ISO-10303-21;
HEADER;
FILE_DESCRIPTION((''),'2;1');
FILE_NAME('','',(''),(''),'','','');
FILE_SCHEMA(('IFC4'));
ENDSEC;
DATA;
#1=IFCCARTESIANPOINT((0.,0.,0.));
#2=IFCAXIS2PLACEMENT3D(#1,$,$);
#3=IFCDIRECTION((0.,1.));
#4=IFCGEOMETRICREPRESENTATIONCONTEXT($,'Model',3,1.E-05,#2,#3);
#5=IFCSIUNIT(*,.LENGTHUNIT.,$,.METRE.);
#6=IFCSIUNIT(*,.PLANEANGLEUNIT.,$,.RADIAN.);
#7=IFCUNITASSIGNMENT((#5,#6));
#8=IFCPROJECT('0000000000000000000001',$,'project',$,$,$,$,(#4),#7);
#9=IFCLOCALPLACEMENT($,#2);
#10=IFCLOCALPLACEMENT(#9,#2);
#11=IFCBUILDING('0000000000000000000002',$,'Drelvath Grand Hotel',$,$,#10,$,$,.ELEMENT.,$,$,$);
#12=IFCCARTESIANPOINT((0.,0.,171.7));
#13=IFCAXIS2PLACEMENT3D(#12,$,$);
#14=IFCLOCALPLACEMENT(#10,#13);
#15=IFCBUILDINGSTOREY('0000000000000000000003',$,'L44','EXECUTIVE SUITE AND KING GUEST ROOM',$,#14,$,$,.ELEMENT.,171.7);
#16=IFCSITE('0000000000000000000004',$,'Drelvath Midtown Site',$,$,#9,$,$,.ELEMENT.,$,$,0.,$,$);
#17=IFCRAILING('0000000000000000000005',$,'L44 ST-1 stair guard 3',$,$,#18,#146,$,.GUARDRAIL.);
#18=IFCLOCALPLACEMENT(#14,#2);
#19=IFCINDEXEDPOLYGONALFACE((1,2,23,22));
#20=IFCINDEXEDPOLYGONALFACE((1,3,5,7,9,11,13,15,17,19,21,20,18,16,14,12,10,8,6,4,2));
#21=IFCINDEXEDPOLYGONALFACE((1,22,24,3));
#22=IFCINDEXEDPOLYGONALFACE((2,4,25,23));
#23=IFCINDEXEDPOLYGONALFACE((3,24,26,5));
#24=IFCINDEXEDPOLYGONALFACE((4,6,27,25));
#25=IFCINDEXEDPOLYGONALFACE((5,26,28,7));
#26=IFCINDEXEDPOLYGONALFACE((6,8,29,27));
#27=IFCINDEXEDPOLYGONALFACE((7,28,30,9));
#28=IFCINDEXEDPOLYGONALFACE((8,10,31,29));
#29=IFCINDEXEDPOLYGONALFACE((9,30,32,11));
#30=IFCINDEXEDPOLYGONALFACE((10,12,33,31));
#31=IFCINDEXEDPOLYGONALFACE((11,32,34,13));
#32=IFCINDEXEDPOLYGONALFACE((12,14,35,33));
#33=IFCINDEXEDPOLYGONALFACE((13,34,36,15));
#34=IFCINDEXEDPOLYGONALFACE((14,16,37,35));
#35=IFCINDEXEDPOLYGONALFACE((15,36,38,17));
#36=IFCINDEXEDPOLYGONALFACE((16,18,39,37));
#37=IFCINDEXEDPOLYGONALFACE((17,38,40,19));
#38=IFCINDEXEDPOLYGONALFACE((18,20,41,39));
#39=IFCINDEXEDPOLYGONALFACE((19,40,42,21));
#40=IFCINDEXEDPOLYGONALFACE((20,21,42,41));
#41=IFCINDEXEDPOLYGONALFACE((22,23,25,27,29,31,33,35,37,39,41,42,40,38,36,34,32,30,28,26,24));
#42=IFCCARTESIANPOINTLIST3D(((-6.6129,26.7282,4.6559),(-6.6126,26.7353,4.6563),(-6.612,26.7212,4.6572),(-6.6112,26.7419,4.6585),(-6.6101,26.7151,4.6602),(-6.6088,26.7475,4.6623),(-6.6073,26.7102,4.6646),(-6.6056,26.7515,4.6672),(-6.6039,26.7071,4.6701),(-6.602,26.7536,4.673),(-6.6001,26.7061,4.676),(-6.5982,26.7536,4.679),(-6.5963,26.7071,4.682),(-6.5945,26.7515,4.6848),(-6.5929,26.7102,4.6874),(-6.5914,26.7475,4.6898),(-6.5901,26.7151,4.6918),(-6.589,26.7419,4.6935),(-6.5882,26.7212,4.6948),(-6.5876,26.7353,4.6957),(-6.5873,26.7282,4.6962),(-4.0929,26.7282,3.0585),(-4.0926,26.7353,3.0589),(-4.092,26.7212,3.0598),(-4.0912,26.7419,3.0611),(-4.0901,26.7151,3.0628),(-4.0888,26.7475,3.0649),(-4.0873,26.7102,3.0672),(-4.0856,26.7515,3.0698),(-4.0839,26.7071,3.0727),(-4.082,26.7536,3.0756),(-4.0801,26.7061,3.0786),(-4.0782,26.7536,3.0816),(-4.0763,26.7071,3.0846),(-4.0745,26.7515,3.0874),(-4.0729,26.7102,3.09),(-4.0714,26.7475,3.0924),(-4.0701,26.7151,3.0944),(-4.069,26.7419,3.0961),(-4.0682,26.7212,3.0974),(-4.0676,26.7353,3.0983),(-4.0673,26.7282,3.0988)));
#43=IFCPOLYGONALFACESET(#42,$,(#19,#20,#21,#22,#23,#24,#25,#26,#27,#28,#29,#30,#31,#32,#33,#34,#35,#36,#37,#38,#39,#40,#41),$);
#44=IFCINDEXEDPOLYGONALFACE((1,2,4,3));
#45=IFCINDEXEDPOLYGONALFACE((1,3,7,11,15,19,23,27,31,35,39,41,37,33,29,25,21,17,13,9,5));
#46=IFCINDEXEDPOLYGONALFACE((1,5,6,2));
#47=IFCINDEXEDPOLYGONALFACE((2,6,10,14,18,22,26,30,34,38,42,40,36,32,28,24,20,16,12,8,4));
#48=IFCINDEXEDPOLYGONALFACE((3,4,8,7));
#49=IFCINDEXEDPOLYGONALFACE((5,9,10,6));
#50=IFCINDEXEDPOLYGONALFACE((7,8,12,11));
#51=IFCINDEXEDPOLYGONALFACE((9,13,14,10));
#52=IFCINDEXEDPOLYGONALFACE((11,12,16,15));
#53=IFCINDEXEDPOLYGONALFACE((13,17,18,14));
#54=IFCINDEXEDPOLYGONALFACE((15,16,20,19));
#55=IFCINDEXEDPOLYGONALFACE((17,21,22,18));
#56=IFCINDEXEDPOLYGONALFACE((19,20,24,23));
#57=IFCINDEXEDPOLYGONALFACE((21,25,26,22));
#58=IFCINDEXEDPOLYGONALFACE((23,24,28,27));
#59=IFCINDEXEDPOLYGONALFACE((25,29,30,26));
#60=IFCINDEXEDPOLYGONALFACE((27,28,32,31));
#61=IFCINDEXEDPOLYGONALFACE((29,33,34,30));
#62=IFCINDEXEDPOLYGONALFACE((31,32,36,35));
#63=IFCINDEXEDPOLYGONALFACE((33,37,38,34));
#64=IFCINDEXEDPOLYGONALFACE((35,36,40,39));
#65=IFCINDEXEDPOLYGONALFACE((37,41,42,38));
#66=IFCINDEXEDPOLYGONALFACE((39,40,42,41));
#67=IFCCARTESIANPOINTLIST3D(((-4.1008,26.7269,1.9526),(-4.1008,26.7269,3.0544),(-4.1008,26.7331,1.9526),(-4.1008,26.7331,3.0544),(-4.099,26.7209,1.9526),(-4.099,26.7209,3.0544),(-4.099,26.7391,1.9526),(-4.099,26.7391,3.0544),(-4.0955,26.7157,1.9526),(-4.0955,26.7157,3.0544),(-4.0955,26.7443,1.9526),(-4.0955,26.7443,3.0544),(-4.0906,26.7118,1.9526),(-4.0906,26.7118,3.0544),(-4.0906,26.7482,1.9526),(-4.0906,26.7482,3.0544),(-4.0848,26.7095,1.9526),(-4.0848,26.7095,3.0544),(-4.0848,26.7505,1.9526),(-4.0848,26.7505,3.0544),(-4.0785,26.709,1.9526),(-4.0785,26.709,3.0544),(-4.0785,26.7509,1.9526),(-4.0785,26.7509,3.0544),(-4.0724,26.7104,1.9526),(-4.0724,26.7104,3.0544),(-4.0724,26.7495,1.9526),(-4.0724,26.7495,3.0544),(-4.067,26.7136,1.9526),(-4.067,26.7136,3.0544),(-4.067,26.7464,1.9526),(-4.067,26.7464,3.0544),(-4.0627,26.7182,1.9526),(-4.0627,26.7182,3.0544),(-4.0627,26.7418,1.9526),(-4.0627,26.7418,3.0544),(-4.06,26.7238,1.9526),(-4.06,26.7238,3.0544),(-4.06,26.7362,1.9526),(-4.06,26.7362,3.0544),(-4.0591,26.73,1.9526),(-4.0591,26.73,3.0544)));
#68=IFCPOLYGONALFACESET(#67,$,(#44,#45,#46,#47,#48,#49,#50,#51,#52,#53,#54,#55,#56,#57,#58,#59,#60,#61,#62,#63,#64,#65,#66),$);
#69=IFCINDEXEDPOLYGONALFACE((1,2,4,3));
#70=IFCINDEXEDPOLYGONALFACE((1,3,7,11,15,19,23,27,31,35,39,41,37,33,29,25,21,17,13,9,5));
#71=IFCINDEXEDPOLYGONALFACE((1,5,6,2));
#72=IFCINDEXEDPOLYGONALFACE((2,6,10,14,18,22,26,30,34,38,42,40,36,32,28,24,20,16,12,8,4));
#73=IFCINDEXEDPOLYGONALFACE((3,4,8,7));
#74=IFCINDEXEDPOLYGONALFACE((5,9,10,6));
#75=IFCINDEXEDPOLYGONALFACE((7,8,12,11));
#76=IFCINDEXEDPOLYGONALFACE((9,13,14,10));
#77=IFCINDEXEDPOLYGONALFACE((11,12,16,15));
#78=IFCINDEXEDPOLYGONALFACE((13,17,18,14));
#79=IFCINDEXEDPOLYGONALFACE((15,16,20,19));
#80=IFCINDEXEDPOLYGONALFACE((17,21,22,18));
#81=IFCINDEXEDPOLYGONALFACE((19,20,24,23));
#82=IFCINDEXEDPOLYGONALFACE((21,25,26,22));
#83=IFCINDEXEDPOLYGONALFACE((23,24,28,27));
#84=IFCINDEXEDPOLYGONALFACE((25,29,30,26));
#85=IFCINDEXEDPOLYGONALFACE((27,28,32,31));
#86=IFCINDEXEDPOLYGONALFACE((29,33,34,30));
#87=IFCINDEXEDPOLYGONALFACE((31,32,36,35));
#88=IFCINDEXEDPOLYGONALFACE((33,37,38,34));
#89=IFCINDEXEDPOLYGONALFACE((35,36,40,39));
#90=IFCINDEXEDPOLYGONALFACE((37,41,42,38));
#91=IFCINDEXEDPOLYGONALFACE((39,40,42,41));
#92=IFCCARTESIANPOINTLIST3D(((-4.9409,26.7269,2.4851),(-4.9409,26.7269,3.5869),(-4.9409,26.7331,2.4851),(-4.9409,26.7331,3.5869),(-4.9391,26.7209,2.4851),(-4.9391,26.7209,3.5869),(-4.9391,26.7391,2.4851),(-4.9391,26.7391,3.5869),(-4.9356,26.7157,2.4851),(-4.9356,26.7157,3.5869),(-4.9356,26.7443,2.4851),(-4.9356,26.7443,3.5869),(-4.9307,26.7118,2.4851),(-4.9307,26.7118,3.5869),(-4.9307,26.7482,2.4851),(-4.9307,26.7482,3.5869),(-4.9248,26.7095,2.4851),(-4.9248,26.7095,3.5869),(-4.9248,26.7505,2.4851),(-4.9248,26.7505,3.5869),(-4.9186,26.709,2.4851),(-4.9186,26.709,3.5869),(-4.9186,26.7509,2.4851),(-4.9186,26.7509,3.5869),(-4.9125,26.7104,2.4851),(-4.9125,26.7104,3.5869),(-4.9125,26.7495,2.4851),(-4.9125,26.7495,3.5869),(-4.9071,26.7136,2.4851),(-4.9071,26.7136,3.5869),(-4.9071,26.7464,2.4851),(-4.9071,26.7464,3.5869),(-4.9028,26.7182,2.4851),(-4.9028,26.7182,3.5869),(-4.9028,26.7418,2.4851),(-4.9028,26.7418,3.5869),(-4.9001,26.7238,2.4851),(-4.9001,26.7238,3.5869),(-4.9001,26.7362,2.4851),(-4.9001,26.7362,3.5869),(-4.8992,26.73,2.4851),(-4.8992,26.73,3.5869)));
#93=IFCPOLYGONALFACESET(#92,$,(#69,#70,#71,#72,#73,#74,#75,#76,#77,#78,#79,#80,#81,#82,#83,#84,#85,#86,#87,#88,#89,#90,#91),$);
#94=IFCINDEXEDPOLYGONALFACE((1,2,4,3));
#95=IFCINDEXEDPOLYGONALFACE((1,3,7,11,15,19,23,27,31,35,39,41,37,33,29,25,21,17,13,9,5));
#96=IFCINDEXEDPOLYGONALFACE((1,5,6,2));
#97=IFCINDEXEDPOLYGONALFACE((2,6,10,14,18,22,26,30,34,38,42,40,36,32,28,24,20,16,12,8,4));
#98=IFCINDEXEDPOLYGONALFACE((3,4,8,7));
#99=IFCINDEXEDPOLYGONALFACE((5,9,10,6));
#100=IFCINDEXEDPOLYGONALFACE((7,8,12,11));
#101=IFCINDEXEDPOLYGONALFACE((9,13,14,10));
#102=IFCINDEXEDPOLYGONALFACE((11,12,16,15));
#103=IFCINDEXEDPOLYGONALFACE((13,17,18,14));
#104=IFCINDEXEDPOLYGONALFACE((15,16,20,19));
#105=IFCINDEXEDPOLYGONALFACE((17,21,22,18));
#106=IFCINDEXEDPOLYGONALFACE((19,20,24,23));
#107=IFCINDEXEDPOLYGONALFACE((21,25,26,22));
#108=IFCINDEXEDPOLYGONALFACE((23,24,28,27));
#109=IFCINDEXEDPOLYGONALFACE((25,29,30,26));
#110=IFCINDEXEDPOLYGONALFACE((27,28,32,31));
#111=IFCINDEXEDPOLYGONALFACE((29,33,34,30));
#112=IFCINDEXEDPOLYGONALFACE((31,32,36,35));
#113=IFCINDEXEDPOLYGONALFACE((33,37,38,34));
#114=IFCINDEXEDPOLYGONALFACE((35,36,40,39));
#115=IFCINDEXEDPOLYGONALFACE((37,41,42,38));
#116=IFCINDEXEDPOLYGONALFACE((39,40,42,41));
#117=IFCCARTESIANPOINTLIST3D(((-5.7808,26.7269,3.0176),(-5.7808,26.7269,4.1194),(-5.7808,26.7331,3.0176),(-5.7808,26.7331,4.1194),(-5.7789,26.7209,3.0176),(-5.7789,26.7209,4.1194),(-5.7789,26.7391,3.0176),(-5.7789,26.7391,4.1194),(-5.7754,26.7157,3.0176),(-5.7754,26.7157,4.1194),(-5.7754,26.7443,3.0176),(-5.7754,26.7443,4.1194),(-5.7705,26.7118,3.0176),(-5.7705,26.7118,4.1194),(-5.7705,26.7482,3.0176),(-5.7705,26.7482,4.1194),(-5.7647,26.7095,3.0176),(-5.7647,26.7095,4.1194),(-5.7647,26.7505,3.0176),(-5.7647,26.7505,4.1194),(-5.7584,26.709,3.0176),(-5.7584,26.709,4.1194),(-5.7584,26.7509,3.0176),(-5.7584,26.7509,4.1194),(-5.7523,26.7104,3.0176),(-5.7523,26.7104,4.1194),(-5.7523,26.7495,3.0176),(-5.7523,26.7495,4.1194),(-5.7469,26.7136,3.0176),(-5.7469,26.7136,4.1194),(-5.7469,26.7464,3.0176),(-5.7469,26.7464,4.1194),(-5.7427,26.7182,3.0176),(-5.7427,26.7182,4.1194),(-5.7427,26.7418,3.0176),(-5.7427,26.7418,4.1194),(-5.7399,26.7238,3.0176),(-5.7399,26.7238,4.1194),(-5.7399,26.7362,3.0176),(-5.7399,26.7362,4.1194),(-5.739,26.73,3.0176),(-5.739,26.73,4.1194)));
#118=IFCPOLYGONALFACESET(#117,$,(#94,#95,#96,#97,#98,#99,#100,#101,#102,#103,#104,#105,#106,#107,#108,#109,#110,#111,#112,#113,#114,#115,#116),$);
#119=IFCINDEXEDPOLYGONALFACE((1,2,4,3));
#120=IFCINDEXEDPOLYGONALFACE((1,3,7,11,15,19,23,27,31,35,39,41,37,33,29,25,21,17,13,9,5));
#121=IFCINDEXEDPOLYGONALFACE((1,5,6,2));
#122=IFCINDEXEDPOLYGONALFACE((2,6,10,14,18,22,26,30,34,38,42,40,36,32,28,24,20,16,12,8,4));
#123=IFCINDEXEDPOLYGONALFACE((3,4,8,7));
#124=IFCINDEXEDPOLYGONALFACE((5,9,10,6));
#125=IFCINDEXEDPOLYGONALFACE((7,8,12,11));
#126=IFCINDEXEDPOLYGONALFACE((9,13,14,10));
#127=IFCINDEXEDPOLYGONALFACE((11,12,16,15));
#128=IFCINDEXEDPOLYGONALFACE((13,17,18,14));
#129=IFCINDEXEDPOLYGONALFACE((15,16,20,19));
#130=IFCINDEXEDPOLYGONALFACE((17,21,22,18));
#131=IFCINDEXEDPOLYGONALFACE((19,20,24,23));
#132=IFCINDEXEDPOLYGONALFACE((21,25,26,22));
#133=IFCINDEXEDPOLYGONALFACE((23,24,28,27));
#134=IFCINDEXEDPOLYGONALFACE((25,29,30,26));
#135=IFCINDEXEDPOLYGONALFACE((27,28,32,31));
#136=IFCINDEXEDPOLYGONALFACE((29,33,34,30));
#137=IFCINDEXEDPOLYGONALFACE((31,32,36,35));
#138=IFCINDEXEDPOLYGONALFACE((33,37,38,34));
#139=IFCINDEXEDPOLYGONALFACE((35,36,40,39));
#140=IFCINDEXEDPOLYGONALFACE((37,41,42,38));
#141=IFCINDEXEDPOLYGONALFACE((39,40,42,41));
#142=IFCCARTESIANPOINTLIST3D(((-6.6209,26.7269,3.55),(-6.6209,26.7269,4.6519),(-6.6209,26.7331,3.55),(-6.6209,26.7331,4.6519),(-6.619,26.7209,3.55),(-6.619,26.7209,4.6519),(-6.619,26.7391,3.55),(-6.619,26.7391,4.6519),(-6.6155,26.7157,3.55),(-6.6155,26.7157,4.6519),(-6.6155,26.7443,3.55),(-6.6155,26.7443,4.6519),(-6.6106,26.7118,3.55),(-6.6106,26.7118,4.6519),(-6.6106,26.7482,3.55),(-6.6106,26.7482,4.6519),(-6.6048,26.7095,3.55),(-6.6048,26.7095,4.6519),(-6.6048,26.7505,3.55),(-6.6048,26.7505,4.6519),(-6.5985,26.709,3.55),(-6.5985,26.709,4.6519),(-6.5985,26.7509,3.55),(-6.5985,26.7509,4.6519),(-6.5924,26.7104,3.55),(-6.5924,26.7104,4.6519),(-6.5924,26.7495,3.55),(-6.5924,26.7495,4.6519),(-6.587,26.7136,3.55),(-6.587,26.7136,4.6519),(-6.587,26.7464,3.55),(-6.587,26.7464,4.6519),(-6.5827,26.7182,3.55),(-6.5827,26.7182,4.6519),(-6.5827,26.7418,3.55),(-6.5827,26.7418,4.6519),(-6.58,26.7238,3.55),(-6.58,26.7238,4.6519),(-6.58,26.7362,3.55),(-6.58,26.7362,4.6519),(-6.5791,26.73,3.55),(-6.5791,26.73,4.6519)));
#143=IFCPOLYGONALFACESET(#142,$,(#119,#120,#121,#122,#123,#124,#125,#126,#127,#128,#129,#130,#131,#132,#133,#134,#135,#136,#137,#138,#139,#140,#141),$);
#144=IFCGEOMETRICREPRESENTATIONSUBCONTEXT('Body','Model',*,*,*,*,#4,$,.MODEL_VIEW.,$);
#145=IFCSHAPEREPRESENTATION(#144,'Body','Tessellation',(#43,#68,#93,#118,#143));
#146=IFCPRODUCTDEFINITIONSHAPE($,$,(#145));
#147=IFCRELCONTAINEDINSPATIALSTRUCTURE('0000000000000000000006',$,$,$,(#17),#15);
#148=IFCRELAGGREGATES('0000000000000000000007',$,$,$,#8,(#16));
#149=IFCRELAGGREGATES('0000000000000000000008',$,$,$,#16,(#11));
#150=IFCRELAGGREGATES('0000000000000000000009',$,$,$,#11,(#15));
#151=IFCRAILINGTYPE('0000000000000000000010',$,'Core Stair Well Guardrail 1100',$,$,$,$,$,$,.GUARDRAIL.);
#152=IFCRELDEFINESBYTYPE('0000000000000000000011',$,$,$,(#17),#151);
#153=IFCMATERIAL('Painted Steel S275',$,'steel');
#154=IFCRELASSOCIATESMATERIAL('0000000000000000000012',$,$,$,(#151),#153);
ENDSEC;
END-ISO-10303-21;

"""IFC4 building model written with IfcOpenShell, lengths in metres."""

from ifc_helpers import new_model, si_unit, direction, frame, origin, origin_2d, place, context, subcontext, project, spatial, circle, extrude, material, type_object, element, save


model = new_model("IFC4")

# Units and contexts
model_context = context("Model", 3, precision=1e-05, world=origin(), true_north=direction((0.0, 1.0)))
body_context = subcontext(model_context, "Body", "Model", "MODEL_VIEW")
ifc_project = project(units=[si_unit("LENGTHUNIT", "METRE"), si_unit("PLANEANGLEUNIT", "RADIAN")], contexts=[model_context])

# Site, building, storey
site_placement = place(None, origin())
site = spatial("IfcSite", under=ifc_project, at=site_placement, Name="Drelvath Midtown Site", CompositionType="ELEMENT", RefElevation=0.0)
building_placement = place(site_placement, origin())
building = spatial("IfcBuilding", under=site, at=building_placement, Name="Drelvath Grand Hotel", CompositionType="ELEMENT")
storey_placement = place(building_placement, frame((0.0, 0.0, 171.7)))
storey = spatial("IfcBuildingStorey", under=building, at=storey_placement, Name="L44", Description="EXECUTIVE SUITE AND KING GUEST ROOM", CompositionType="ELEMENT", Elevation=171.7)

# Shared definitions
ifc_material_1 = material(Name="Painted Steel S275", Category="steel")

# Railing
railing_type_1 = type_object("IfcRailingType", Name="Core Stair Well Guardrail 1100", PredefinedType="GUARDRAIL", material=ifc_material_1)
railing_1_placement = place(storey_placement, frame((-4.0801, 26.73, 1.9526)))
element("IfcRailing", 1, at=railing_1_placement, inside=storey, type_object=railing_type_1, Name="L44 ST-1 stair guard 3", PredefinedType="GUARDRAIL", context=body_context, shape_type="SweptSolid", body=[
    extrude(circle(Radius=0.0239, at=origin_2d()), frame((0.0, 0.0, 1.126), z_axis=(-0.844607, 0.0, 0.535387), x_axis=(0.0, -1.0, 0.0)), (0.0, 0.0, 1.0), 2.9836),
    extrude(circle(Radius=0.021, at=origin_2d()), origin(), (0.0, 0.0, 1.0), 1.1018),
    extrude(circle(Radius=0.021, at=origin_2d()), frame((-0.8401, 0.0, 0.5325)), (0.0, 0.0, 1.0), 1.1018),
    extrude(circle(Radius=0.021, at=origin_2d()), frame((-1.6799, 0.0, 1.0649)), (0.0, 0.0, 1.0), 1.1018),
    extrude(circle(Radius=0.021, at=origin_2d()), frame((-2.52, 0.0, 1.5974)), (0.0, 0.0, 1.0), 1.1018),
])

save(model, "model.ifc")
